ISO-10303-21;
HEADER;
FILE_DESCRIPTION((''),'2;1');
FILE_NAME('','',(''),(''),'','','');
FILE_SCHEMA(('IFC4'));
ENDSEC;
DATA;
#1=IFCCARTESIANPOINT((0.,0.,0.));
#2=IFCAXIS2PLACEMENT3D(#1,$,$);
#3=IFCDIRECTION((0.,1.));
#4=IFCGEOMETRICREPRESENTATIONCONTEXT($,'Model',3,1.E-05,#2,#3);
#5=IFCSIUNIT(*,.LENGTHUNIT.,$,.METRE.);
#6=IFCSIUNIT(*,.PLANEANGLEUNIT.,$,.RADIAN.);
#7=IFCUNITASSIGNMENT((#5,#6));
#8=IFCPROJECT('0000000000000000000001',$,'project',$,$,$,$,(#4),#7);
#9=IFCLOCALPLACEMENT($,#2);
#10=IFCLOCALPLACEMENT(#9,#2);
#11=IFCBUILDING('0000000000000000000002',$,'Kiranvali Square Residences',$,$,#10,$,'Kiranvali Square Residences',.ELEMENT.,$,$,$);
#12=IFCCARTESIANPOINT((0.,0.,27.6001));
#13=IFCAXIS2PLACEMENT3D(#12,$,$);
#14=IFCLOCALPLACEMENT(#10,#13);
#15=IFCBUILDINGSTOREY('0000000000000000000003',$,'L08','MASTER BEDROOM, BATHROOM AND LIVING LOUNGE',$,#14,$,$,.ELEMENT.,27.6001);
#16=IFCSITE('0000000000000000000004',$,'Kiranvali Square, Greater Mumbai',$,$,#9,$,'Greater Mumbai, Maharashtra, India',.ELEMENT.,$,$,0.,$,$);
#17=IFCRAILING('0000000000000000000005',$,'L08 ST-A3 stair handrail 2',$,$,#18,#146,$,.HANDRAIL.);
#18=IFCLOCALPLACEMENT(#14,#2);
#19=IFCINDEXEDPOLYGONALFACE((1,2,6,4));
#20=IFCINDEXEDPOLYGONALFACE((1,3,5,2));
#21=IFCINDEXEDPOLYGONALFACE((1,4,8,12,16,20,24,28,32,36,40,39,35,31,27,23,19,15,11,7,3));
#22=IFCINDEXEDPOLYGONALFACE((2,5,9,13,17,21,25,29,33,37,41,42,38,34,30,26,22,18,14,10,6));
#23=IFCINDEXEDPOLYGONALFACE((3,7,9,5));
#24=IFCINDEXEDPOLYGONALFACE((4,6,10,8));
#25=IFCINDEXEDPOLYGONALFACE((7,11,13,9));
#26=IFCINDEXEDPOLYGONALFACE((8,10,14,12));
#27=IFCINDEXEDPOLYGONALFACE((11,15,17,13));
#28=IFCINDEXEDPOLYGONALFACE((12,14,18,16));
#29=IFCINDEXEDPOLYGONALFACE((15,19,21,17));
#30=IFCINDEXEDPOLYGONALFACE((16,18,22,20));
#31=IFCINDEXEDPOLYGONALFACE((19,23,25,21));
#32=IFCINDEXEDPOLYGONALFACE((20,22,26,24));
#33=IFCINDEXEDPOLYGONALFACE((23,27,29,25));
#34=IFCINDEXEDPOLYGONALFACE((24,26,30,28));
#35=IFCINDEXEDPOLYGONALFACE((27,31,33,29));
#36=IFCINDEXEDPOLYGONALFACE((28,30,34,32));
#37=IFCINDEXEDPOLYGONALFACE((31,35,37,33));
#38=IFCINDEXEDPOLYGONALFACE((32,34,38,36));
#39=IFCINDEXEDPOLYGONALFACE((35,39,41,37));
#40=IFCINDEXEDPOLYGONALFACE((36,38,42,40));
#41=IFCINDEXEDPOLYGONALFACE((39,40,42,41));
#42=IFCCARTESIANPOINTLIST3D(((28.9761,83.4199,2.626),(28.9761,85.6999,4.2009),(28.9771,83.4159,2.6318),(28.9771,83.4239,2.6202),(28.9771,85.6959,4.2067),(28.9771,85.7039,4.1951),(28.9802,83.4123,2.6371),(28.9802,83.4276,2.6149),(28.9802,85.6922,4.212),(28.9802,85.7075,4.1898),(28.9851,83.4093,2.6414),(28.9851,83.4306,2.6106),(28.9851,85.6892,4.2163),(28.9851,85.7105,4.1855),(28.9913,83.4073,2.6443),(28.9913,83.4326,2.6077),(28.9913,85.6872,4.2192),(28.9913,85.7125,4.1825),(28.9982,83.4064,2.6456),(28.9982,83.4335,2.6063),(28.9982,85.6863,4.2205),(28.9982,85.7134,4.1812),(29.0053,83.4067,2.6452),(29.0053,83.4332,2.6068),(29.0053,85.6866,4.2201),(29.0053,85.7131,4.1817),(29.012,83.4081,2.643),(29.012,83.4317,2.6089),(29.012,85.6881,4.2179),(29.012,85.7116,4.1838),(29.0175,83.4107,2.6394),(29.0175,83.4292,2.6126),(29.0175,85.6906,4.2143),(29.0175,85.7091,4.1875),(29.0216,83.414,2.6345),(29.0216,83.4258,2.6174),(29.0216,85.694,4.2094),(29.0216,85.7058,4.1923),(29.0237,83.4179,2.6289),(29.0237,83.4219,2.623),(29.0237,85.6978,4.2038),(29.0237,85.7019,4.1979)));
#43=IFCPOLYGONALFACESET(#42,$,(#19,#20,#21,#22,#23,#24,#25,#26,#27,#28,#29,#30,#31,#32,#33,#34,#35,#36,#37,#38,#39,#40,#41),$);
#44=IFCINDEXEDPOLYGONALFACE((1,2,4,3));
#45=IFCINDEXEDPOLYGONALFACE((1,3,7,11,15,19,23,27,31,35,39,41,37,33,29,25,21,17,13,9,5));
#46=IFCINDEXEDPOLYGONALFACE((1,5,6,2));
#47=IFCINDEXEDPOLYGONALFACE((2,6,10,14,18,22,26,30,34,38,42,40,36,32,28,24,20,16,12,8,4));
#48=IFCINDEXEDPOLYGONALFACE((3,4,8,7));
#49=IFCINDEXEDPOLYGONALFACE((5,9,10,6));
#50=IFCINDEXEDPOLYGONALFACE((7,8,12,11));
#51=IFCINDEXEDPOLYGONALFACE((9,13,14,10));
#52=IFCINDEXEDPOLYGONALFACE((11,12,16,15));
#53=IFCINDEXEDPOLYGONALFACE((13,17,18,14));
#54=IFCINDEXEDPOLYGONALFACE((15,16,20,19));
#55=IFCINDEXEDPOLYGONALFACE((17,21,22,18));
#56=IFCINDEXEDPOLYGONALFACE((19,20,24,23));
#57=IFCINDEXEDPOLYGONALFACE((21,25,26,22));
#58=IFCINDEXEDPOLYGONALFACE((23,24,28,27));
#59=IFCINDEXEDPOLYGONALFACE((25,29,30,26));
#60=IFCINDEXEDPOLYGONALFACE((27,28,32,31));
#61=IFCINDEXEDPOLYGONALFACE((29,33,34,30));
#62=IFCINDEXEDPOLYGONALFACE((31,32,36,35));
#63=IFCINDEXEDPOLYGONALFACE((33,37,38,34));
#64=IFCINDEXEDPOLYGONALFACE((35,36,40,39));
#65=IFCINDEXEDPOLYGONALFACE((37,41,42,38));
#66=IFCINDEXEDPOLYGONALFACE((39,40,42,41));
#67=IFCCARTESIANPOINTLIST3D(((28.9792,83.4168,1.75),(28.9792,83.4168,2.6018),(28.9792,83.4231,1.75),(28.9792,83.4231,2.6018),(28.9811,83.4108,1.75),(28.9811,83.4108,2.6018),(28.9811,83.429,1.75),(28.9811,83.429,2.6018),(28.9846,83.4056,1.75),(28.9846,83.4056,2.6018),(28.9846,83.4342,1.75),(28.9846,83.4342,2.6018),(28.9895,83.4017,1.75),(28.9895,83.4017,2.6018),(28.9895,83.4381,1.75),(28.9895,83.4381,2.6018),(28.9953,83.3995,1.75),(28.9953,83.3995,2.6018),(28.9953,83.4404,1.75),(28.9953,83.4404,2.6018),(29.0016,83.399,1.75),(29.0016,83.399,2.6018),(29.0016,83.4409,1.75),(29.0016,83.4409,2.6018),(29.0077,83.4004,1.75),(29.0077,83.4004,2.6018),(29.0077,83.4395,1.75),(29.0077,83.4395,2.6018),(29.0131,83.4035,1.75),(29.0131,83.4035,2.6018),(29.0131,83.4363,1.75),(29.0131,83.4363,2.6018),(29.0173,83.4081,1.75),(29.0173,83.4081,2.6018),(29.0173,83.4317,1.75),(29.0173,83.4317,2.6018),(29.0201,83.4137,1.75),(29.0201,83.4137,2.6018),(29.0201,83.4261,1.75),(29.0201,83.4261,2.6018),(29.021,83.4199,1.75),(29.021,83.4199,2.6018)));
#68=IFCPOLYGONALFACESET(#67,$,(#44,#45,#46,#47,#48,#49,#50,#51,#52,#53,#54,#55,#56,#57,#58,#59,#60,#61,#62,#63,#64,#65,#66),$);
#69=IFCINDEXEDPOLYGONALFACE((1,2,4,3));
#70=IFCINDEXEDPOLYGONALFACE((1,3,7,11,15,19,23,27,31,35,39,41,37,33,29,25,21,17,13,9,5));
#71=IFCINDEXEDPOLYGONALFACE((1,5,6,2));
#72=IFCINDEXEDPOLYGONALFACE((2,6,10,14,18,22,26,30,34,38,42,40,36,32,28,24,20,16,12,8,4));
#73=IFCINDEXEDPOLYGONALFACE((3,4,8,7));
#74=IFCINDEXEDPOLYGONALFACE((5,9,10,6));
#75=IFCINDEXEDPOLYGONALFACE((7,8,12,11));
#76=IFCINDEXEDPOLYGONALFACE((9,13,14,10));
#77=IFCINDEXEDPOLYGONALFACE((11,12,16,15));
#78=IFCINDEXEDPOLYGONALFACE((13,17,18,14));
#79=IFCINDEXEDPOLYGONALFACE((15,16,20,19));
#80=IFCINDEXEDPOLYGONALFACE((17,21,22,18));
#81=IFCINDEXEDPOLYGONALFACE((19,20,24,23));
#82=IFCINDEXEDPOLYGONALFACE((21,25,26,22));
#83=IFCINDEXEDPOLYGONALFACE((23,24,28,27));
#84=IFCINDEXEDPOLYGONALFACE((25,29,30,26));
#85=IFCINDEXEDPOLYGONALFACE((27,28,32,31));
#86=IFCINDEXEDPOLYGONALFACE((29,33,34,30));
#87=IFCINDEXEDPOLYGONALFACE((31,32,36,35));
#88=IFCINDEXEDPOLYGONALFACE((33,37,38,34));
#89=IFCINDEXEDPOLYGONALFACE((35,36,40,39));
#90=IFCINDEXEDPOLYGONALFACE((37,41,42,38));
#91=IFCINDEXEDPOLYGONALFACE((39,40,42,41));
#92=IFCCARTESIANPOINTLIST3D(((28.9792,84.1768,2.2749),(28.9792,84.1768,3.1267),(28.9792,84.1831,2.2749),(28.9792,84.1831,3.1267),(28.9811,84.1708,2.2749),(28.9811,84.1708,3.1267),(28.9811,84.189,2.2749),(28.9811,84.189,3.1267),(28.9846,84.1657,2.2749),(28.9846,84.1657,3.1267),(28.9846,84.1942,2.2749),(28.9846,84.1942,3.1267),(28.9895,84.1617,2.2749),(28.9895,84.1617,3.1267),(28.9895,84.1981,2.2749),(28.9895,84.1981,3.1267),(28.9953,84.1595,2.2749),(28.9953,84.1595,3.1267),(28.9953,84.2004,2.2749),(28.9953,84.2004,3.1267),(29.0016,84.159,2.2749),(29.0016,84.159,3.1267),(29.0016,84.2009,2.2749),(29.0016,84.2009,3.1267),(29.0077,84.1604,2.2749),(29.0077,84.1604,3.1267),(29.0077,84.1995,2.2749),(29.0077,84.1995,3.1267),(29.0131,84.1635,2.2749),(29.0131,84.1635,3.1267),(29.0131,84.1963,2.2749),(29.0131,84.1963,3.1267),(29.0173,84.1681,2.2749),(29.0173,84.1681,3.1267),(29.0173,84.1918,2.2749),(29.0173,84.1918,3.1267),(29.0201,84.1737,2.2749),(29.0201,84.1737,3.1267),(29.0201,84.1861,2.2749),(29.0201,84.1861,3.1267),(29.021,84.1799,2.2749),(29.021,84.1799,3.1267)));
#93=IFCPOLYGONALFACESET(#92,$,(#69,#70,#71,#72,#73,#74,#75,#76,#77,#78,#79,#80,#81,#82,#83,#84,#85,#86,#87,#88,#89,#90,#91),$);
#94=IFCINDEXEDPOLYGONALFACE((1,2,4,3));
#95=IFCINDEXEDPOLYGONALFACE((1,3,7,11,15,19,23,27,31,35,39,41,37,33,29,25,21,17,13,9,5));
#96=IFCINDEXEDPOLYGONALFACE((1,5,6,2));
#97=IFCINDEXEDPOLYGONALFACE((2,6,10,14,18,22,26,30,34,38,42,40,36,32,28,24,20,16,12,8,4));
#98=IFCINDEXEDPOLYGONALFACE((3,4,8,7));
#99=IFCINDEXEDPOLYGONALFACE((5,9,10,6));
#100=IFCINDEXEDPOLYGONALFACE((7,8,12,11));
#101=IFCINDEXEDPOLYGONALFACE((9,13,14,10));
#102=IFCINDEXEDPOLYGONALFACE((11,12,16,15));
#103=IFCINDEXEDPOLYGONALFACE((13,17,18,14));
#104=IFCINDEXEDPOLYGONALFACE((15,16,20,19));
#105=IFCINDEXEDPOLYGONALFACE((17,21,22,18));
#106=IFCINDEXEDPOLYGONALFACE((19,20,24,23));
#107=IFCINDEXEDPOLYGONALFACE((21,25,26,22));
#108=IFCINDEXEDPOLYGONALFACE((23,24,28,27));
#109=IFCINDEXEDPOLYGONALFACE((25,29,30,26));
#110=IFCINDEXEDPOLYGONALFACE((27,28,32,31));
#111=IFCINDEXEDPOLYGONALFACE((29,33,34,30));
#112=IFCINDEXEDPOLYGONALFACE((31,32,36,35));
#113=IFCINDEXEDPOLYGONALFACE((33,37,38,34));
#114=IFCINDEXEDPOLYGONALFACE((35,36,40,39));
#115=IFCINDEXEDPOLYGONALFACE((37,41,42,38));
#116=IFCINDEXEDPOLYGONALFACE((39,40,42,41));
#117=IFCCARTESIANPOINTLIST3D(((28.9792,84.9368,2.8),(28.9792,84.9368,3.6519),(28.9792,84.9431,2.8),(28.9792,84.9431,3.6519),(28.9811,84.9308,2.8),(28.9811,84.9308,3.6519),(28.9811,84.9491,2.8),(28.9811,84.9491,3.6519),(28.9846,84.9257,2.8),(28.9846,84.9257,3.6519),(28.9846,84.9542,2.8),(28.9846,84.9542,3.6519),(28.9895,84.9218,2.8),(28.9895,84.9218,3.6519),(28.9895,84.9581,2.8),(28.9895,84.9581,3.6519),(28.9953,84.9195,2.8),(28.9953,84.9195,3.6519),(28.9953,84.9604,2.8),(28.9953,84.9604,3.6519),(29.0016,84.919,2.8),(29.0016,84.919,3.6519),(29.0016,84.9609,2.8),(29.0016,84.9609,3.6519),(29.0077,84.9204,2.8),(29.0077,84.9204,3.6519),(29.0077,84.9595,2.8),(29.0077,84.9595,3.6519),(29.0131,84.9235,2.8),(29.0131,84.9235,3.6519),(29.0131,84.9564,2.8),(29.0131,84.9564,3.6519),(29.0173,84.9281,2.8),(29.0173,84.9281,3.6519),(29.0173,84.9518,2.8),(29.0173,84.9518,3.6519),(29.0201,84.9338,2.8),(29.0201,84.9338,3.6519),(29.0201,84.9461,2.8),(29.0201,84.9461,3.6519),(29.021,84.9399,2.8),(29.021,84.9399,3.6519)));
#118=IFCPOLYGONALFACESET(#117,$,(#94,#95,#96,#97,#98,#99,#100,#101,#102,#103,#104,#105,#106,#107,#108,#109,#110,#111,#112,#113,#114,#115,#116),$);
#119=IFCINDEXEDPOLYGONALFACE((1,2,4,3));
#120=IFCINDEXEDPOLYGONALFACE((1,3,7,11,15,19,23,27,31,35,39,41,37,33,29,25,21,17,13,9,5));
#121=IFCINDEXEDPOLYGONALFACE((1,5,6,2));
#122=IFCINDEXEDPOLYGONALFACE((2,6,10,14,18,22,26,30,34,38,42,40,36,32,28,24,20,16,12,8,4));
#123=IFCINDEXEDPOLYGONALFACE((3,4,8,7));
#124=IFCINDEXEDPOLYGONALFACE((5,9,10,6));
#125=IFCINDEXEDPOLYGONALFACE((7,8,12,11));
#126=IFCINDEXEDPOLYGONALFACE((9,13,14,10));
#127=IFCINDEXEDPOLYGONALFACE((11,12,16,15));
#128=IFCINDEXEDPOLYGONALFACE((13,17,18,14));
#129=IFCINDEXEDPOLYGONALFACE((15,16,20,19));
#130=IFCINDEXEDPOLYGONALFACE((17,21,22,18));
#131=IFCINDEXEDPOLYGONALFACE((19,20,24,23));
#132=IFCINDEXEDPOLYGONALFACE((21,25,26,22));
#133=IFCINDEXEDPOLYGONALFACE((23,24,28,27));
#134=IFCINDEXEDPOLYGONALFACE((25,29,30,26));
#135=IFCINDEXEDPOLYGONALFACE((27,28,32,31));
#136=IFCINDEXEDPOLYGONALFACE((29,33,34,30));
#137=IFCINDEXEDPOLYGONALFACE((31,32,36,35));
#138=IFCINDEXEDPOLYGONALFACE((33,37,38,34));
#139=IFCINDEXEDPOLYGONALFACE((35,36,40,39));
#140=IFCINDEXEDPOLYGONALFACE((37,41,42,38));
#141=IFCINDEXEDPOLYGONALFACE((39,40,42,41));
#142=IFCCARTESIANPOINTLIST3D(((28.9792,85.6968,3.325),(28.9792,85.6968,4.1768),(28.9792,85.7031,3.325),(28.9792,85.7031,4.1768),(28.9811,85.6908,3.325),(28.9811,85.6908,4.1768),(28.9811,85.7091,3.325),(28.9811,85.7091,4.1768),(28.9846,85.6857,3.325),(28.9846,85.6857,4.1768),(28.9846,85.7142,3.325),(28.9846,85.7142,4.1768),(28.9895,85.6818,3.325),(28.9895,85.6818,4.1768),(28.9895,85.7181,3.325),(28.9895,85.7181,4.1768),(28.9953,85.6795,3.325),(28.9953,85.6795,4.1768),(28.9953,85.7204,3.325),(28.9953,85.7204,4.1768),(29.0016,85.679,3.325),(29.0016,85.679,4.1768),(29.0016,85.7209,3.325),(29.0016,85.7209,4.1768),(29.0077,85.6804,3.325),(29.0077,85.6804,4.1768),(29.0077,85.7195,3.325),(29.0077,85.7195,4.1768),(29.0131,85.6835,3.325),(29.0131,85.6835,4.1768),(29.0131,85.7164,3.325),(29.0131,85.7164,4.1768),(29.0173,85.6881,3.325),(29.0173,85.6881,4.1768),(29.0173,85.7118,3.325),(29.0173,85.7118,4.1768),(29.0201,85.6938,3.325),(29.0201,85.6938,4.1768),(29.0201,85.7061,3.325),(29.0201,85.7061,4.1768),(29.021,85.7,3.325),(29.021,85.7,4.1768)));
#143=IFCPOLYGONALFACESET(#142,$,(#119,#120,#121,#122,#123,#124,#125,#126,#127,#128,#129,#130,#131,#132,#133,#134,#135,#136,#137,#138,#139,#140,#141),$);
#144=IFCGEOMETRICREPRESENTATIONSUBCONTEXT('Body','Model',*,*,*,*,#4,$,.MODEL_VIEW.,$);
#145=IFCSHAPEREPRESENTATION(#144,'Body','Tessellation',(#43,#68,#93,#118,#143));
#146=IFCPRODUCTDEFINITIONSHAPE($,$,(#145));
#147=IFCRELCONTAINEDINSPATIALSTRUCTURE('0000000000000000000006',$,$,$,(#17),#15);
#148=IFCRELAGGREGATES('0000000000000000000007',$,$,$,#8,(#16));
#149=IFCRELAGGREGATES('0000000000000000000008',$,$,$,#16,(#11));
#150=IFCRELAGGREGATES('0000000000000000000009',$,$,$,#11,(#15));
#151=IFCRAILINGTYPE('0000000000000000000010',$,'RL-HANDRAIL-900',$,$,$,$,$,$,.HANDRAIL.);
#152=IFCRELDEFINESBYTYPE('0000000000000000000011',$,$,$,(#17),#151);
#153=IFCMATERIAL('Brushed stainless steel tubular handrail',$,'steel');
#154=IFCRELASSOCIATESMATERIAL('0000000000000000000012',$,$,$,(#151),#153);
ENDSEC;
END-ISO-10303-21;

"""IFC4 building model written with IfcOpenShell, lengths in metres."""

from ifc_helpers import new_model, si_unit, direction, frame, origin, origin_2d, place, context, subcontext, project, spatial, circle, extrude, material, type_object, element, save


model = new_model("IFC4")

# Units and contexts
model_context = context("Model", 3, precision=1e-05, world=origin(), true_north=direction((0.0, 1.0)))
body_context = subcontext(model_context, "Body", "Model", "MODEL_VIEW")
ifc_project = project(units=[si_unit("LENGTHUNIT", "METRE"), si_unit("PLANEANGLEUNIT", "RADIAN")], contexts=[model_context])

# Site, building, storey
site_placement = place(None, origin())
site = spatial("IfcSite", under=ifc_project, at=site_placement, Name="Kiranvali Square, Greater Mumbai", LongName="Greater Mumbai, Maharashtra, India", CompositionType="ELEMENT", RefElevation=0.0)
building_placement = place(site_placement, origin())
building = spatial("IfcBuilding", under=site, at=building_placement, Name="Kiranvali Square Residences", LongName="Kiranvali Square Residences", CompositionType="ELEMENT")
storey_placement = place(building_placement, frame((0.0, 0.0, 27.6001)))
storey = spatial("IfcBuildingStorey", under=building, at=storey_placement, Name="L08", Description="MASTER BEDROOM, BATHROOM AND LIVING LOUNGE", CompositionType="ELEMENT", Elevation=27.6001)

# Railing
ifc_material_1 = material(Name="Brushed stainless steel tubular handrail", Category="steel")
railing_type_1 = type_object("IfcRailingType", Name="RL-HANDRAIL-900", PredefinedType="HANDRAIL", material=ifc_material_1)
railing_1_placement = place(storey_placement, frame((29.0, 83.4199, 1.75)))
element("IfcRailing", 1, at=railing_1_placement, inside=storey, type_object=railing_type_1, Name="L08 ST-A3 stair handrail 2", PredefinedType="HANDRAIL", context=body_context, shape_type="SweptSolid", body=[
    extrude(circle(Radius=0.0239, at=origin_2d()), frame((0.0, 0.0, 0.876), z_axis=(0.0, 0.822788, 0.568348), x_axis=(-1.0, 0.0, 0.0)), (0.0, 0.0, 1.0), 2.771),
    extrude(circle(Radius=0.021, at=origin_2d()), origin(), (0.0, 0.0, 1.0), 0.8518),
    extrude(circle(Radius=0.021, at=origin_2d()), frame((0.0, 0.76, 0.5249)), (0.0, 0.0, 1.0), 0.8518),
    extrude(circle(Radius=0.021, at=origin_2d()), frame((0.0, 1.52, 1.05)), (0.0, 0.0, 1.0), 0.8518),
    extrude(circle(Radius=0.021, at=origin_2d()), frame((0.0, 2.28, 1.575)), (0.0, 0.0, 1.0), 0.8518),
])

save(model, "model.ifc")
